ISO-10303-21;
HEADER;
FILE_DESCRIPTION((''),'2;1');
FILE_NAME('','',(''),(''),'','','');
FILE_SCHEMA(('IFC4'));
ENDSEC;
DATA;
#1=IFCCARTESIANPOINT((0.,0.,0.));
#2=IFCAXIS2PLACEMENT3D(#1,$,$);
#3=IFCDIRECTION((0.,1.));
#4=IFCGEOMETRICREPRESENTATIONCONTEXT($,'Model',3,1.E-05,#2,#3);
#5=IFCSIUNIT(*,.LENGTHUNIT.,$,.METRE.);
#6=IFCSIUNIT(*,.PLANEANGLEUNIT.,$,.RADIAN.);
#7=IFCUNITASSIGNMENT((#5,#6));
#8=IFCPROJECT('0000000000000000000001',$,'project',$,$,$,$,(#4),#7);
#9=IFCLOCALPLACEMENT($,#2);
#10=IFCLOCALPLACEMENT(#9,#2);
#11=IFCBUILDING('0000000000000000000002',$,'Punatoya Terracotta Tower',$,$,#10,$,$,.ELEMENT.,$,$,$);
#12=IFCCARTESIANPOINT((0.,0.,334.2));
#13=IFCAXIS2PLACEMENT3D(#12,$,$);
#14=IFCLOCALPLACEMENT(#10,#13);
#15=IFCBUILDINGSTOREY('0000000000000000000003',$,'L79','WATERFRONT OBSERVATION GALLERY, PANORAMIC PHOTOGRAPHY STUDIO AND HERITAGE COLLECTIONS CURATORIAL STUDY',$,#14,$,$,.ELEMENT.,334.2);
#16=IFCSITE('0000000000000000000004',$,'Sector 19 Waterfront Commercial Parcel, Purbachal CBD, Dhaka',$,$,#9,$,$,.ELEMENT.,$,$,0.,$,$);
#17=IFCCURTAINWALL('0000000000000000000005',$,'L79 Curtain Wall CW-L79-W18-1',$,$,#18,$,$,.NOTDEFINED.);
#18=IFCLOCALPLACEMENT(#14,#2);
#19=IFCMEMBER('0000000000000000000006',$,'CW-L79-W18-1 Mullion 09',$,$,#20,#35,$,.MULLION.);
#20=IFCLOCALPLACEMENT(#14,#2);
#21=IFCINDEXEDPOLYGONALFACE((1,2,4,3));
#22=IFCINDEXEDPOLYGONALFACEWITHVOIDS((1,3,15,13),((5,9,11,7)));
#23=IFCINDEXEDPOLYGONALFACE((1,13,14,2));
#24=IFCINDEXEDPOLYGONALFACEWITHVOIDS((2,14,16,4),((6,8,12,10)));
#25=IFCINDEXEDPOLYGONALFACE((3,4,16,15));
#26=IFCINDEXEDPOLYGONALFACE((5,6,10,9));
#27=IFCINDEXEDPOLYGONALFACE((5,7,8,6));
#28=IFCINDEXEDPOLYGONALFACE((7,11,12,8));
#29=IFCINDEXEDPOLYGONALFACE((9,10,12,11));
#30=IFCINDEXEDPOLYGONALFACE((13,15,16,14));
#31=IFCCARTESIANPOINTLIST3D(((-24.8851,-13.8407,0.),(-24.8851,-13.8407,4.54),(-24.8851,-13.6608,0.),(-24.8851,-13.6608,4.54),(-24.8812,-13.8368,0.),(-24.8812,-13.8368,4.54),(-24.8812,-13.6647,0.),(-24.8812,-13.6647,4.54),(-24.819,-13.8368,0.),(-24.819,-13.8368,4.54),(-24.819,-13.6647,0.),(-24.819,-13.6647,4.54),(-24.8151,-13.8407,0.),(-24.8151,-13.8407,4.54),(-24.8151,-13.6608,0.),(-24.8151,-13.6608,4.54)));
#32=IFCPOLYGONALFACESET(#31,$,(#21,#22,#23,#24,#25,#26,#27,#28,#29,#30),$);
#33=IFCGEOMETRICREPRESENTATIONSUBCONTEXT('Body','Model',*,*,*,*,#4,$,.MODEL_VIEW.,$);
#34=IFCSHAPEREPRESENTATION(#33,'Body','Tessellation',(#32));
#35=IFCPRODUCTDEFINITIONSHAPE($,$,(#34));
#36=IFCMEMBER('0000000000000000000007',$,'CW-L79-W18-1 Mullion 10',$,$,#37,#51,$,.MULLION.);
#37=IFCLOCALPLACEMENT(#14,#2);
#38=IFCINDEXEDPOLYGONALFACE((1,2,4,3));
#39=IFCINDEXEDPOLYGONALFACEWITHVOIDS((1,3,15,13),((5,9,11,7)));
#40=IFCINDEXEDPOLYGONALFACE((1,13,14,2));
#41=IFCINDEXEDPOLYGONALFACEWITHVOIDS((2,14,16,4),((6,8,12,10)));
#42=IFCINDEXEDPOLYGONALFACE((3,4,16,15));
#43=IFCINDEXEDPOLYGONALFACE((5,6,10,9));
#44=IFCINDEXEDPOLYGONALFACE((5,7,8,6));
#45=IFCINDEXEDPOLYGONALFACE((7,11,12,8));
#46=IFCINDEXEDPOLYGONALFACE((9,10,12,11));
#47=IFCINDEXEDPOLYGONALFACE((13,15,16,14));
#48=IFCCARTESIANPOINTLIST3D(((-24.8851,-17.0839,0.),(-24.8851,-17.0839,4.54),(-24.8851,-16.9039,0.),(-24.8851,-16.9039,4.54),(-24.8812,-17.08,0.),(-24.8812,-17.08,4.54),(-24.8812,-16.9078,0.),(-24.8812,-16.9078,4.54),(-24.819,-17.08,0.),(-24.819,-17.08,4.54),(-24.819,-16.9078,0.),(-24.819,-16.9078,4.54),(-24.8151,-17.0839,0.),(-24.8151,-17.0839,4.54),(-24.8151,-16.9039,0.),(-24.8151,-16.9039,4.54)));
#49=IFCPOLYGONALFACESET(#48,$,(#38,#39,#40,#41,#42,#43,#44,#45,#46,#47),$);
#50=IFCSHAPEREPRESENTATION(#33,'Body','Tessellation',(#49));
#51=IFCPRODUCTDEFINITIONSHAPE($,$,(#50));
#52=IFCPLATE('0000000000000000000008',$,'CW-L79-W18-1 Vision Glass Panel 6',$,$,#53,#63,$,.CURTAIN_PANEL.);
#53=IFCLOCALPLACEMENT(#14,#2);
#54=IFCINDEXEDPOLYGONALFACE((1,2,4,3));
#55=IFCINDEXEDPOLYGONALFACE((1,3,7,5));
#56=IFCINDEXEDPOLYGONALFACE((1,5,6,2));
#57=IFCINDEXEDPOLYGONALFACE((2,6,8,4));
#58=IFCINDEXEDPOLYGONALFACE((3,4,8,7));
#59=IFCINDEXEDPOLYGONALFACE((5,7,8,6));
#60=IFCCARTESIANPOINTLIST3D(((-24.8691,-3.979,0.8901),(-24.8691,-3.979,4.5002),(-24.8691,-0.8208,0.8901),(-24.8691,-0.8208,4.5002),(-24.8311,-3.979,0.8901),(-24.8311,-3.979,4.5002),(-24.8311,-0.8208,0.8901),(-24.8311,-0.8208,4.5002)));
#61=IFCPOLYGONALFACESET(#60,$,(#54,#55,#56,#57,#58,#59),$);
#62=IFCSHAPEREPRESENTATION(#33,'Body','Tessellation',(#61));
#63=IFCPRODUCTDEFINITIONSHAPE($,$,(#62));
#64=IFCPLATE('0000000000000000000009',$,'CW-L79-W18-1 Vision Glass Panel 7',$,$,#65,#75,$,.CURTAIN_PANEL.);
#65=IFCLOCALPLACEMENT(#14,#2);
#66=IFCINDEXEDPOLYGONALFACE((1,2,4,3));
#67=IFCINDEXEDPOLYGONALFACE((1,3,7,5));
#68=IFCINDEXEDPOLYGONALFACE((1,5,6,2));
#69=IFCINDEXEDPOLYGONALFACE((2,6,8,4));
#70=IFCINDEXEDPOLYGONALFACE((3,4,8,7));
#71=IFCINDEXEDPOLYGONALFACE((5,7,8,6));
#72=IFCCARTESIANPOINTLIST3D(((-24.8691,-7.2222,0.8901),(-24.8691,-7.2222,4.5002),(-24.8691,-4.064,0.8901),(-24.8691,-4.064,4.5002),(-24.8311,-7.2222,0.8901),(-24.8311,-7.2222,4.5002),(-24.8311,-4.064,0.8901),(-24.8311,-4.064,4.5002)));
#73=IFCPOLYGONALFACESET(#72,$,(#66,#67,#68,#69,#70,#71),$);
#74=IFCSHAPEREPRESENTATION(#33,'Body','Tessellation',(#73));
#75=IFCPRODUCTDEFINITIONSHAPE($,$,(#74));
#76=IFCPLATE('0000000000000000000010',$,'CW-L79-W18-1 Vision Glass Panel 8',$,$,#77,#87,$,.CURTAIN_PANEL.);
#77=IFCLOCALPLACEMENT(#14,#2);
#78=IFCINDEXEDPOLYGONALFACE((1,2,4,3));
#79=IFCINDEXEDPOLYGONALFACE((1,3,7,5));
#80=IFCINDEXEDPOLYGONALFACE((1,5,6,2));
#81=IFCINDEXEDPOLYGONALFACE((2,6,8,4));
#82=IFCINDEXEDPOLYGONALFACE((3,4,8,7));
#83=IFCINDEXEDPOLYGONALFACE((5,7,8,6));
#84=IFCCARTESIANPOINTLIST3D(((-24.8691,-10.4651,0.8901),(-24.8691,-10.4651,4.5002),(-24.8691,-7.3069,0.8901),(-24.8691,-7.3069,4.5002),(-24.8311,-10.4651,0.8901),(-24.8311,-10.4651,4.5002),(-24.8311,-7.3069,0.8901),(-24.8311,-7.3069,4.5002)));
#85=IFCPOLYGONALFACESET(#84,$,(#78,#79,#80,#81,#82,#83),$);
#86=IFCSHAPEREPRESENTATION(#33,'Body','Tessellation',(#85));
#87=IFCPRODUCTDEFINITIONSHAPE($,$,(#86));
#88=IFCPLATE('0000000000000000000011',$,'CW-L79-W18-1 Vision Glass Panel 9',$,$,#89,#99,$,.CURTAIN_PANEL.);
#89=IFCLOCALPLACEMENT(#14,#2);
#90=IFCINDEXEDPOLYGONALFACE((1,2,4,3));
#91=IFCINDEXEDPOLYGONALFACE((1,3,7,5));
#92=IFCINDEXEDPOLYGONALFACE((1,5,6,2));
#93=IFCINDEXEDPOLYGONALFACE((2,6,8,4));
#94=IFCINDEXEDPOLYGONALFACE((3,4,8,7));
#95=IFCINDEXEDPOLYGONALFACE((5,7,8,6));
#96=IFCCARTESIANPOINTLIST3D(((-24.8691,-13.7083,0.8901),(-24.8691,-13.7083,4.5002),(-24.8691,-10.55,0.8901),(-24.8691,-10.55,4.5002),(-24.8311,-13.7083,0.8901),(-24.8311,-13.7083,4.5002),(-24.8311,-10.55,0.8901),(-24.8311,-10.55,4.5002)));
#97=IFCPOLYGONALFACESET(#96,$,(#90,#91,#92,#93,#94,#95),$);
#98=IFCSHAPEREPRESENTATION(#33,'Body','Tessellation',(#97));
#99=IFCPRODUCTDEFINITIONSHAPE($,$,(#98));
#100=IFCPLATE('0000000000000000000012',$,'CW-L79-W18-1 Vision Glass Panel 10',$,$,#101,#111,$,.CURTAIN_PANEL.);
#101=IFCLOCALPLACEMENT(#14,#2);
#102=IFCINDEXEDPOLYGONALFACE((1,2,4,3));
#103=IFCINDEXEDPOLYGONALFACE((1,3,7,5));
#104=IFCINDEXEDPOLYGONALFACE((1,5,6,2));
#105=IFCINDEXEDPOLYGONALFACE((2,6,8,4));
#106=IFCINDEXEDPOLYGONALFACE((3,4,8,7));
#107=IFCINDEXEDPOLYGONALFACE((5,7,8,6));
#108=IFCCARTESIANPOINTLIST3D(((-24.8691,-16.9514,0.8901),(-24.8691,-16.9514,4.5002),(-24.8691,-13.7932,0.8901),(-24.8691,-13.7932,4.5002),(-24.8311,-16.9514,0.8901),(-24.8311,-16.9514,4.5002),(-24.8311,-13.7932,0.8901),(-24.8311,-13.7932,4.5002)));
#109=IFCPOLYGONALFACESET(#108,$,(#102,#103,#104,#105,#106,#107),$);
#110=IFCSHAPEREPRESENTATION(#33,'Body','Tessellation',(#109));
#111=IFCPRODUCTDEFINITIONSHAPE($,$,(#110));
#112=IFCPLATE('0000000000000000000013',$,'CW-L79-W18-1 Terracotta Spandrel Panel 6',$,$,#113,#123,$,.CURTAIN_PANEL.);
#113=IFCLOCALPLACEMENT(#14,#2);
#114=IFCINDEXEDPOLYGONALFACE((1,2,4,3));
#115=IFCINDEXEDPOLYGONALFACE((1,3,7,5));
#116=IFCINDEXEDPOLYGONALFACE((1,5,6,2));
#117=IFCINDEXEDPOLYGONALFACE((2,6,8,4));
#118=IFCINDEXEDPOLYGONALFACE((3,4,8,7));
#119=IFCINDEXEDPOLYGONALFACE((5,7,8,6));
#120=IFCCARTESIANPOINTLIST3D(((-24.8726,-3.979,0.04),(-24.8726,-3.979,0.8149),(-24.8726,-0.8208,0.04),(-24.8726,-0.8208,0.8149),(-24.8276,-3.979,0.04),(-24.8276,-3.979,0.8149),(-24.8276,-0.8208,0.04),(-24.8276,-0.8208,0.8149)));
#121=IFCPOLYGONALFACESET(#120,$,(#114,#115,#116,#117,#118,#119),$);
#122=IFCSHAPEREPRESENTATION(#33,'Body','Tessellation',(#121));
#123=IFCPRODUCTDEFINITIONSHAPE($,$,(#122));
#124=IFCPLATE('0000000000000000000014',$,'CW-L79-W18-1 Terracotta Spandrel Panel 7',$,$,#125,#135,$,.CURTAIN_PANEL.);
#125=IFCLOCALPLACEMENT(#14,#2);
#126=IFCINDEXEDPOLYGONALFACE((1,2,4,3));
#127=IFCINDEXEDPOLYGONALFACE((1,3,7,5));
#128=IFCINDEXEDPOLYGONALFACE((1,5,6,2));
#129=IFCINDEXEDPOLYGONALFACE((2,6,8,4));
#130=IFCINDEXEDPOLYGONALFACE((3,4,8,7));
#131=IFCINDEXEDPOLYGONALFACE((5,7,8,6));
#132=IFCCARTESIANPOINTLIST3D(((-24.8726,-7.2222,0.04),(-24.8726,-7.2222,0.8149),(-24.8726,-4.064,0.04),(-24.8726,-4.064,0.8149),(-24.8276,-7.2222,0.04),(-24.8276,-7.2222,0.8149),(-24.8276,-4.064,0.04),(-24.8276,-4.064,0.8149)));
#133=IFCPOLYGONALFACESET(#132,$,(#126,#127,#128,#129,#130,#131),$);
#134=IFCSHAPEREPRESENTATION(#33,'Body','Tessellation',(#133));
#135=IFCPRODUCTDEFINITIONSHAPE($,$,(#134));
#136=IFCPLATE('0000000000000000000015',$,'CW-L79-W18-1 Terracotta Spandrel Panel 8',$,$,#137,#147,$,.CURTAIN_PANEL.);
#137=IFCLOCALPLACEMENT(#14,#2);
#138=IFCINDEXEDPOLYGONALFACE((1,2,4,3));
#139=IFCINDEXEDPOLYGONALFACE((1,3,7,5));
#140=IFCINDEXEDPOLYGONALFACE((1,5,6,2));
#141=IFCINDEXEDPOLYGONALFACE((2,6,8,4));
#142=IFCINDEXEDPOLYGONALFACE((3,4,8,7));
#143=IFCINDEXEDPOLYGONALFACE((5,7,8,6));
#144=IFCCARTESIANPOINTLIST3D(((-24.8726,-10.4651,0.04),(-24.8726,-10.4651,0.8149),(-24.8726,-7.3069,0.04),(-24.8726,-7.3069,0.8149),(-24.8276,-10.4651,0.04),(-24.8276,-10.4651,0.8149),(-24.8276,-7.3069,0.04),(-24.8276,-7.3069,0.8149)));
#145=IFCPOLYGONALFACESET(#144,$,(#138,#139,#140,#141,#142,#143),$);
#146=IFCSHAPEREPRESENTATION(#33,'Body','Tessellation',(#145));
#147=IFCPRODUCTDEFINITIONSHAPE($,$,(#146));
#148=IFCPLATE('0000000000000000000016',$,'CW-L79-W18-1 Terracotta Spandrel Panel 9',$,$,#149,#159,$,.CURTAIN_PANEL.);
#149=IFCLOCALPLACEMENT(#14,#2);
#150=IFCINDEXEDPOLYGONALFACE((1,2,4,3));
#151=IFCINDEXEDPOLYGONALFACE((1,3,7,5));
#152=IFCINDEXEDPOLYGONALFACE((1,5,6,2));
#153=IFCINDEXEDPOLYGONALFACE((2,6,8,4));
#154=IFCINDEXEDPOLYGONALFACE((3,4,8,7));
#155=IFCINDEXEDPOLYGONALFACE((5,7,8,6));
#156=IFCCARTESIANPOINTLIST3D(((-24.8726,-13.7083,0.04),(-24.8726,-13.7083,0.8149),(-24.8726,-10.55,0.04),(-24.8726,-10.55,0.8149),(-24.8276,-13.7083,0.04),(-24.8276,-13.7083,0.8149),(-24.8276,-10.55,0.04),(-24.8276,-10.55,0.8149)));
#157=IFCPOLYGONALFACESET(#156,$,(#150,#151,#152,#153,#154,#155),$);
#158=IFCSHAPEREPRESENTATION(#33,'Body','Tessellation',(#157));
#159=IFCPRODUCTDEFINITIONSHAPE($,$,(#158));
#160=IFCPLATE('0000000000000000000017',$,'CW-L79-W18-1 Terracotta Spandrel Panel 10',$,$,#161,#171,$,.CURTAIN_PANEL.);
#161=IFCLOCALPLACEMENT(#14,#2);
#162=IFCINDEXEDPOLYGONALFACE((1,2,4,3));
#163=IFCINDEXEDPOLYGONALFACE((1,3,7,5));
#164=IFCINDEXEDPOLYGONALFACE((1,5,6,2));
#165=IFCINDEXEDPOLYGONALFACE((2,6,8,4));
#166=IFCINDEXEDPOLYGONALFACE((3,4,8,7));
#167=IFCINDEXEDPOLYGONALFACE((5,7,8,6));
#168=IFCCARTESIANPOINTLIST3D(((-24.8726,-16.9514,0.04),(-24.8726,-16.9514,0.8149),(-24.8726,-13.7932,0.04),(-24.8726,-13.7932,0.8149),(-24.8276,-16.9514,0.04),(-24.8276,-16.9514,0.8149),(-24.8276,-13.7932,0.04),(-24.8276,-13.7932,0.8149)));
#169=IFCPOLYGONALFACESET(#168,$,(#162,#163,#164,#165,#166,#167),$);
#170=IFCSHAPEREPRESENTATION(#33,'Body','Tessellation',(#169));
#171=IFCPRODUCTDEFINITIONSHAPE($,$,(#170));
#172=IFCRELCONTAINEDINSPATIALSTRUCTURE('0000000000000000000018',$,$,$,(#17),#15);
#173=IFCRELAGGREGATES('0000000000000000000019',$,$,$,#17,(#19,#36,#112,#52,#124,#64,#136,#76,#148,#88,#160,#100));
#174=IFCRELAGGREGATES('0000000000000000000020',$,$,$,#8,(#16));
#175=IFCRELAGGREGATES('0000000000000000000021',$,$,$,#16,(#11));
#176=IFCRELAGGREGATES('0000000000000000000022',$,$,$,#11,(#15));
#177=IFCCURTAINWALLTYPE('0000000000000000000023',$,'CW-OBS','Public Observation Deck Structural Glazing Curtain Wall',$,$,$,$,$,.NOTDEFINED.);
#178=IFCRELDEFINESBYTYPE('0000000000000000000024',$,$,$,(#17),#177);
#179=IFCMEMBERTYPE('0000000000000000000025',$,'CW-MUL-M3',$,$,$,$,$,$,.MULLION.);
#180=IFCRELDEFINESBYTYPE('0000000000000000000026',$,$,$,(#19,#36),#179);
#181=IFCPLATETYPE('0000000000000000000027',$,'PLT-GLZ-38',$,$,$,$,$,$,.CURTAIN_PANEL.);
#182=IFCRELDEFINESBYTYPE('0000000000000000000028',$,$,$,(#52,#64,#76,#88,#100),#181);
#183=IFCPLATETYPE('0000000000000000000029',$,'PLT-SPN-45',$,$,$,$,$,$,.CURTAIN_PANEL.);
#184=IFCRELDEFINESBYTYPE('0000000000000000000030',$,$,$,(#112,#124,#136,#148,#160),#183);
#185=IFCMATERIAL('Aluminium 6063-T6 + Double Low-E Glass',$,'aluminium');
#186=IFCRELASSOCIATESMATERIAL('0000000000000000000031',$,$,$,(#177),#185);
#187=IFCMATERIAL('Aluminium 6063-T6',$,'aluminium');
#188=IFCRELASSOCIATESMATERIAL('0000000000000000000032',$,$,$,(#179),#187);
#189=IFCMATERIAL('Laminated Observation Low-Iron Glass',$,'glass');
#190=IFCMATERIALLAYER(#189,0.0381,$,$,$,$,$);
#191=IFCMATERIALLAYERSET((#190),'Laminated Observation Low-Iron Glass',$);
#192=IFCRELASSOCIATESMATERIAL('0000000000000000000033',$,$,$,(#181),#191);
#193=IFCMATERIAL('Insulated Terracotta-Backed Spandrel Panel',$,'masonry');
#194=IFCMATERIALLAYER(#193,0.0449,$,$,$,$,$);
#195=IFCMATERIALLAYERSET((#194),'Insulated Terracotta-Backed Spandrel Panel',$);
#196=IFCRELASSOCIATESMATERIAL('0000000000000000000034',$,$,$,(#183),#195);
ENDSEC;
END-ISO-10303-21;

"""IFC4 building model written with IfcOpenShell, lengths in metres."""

from ifc_helpers import new_model, si_unit, direction, frame, origin, origin_2d, place, context, subcontext, project, spatial, rectangle, hollow_rectangle, extrude, material, layer, layer_set, material_profile, profile_set, type_object, element, aggregate, save


model = new_model("IFC4")

# Units and contexts
model_context = context("Model", 3, precision=1e-05, world=origin(), true_north=direction((0.0, 1.0)))
body_context = subcontext(model_context, "Body", "Model", "MODEL_VIEW")
ifc_project = project(units=[si_unit("LENGTHUNIT", "METRE"), si_unit("PLANEANGLEUNIT", "RADIAN")], contexts=[model_context])

# Site, building, storey
site_placement = place(None, origin())
site = spatial("IfcSite", under=ifc_project, at=site_placement, Name="Sector 19 Waterfront Commercial Parcel, Purbachal CBD, Dhaka", CompositionType="ELEMENT", RefElevation=0.0)
building_placement = place(site_placement, origin())
building = spatial("IfcBuilding", under=site, at=building_placement, Name="Punatoya Terracotta Tower", CompositionType="ELEMENT")
storey_placement = place(building_placement, frame((0.0, 0.0, 334.2)))
storey = spatial("IfcBuildingStorey", under=building, at=storey_placement, Name="L79", Description="WATERFRONT OBSERVATION GALLERY, PANORAMIC PHOTOGRAPHY STUDIO AND HERITAGE COLLECTIONS CURATORIAL STUDY", CompositionType="ELEMENT", Elevation=334.2)

# Curtain wall, members, plates
ifc_material_1 = material(Name="Aluminium 6063-T6 + Double Low-E Glass", Category="aluminium")
curtain_wall_type = type_object("IfcCurtainWallType", Name="CW-OBS", Description="Public Observation Deck Structural Glazing Curtain Wall", PredefinedType="NOTDEFINED", material=ifc_material_1)
curtain_wall_placement = place(storey_placement, origin())
curtain_wall = element("IfcCurtainWall", 1, at=curtain_wall_placement, inside=storey, type_object=curtain_wall_type, Name="L79 Curtain Wall CW-L79-W18-1", PredefinedType="NOTDEFINED")
ifc_material_2 = material(Name="Aluminium 6063-T6", Category="aluminium")
ifc_material_profile_1 = material_profile(ifc_material_2, hollow_rectangle(XDim=0.0701, YDim=0.1799, WallThickness=0.0039, at=origin_2d()))
ifc_profile_set_1 = profile_set([ifc_material_profile_1], Name="Aluminium 6063-T6")
member_type = type_object("IfcMemberType", Name="CW-MUL-M3", PredefinedType="MULLION", material=ifc_profile_set_1)
member_1_placement = place(storey_placement, frame((-24.8501, -13.7507, 0.0), z_axis=(0.0, 0.0, 1.0), x_axis=(1.0, 0.0, 0.0)))
member_1 = element("IfcMember", 2, at=member_1_placement, type_object=member_type, Name="CW-L79-W18-1 Mullion 09", PredefinedType="MULLION", context=body_context, shape_type="SweptSolid", body=[
    extrude(hollow_rectangle(XDim=0.0701, YDim=0.1799, WallThickness=0.0039, at=origin_2d()), origin(), (0.0, 0.0, 1.0), 4.54),
])
member_2_placement = place(storey_placement, frame((-24.8501, -16.9939, 0.0), z_axis=(0.0, 0.0, 1.0), x_axis=(1.0, 0.0, 0.0)))
member_2 = element("IfcMember", 3, at=member_2_placement, type_object=member_type, Name="CW-L79-W18-1 Mullion 10", PredefinedType="MULLION", context=body_context, shape_type="SweptSolid", body=[
    extrude(hollow_rectangle(XDim=0.0701, YDim=0.1799, WallThickness=0.0039, at=origin_2d()), origin(), (0.0, 0.0, 1.0), 4.54),
])
ifc_material_3 = material(Name="Laminated Observation Low-Iron Glass", Category="glass")
ifc_layer_1 = layer(ifc_material_3, 0.0381)
ifc_layer_set_1 = layer_set([ifc_layer_1], Name="Laminated Observation Low-Iron Glass")
plate_type_1 = type_object("IfcPlateType", Name="PLT-GLZ-38", PredefinedType="CURTAIN_PANEL", material=ifc_layer_set_1)
plate_1_placement = place(storey_placement, frame((-24.8501, -2.3999, 0.8901), z_axis=(0.0, 0.0, 1.0), x_axis=(0.0, -1.0, 0.0)))
plate_1 = element("IfcPlate", 4, at=plate_1_placement, type_object=plate_type_1, Name="CW-L79-W18-1 Vision Glass Panel 6", PredefinedType="CURTAIN_PANEL", context=body_context, shape_type="SweptSolid", body=[
    extrude(rectangle(XDim=3.1582, YDim=0.0381, at=origin_2d()), origin(), (0.0, 0.0, 1.0), 3.6101),
])
plate_2_placement = place(storey_placement, frame((-24.8501, -5.6431, 0.8901), z_axis=(0.0, 0.0, 1.0), x_axis=(0.0, -1.0, 0.0)))
plate_2 = element("IfcPlate", 5, at=plate_2_placement, type_object=plate_type_1, Name="CW-L79-W18-1 Vision Glass Panel 7", PredefinedType="CURTAIN_PANEL", context=body_context, shape_type="SweptSolid", body=[
    extrude(rectangle(XDim=3.1582, YDim=0.0381, at=origin_2d()), origin(), (0.0, 0.0, 1.0), 3.6101),
])
plate_3_placement = place(storey_placement, frame((-24.8501, -8.886, 0.8901), z_axis=(0.0, 0.0, 1.0), x_axis=(0.0, -1.0, 0.0)))
plate_3 = element("IfcPlate", 6, at=plate_3_placement, type_object=plate_type_1, Name="CW-L79-W18-1 Vision Glass Panel 8", PredefinedType="CURTAIN_PANEL", context=body_context, shape_type="SweptSolid", body=[
    extrude(rectangle(XDim=3.1582, YDim=0.0381, at=origin_2d()), origin(), (0.0, 0.0, 1.0), 3.6101),
])
plate_4_placement = place(storey_placement, frame((-24.8501, -12.1292, 0.8901), z_axis=(0.0, 0.0, 1.0), x_axis=(0.0, -1.0, 0.0)))
plate_4 = element("IfcPlate", 7, at=plate_4_placement, type_object=plate_type_1, Name="CW-L79-W18-1 Vision Glass Panel 9", PredefinedType="CURTAIN_PANEL", context=body_context, shape_type="SweptSolid", body=[
    extrude(rectangle(XDim=3.1582, YDim=0.0381, at=origin_2d()), origin(), (0.0, 0.0, 1.0), 3.6101),
])
plate_5_placement = place(storey_placement, frame((-24.8501, -15.3723, 0.8901), z_axis=(0.0, 0.0, 1.0), x_axis=(0.0, -1.0, 0.0)))
plate_5 = element("IfcPlate", 8, at=plate_5_placement, type_object=plate_type_1, Name="CW-L79-W18-1 Vision Glass Panel 10", PredefinedType="CURTAIN_PANEL", context=body_context, shape_type="SweptSolid", body=[
    extrude(rectangle(XDim=3.1582, YDim=0.0381, at=origin_2d()), origin(), (0.0, 0.0, 1.0), 3.6101),
])
ifc_material_4 = material(Name="Insulated Terracotta-Backed Spandrel Panel", Category="masonry")
ifc_layer_2 = layer(ifc_material_4, 0.0449)
ifc_layer_set_2 = layer_set([ifc_layer_2], Name="Insulated Terracotta-Backed Spandrel Panel")
plate_type_2 = type_object("IfcPlateType", Name="PLT-SPN-45", PredefinedType="CURTAIN_PANEL", material=ifc_layer_set_2)
plate_6_placement = place(storey_placement, frame((-24.8501, -2.3999, 0.04), z_axis=(0.0, 0.0, 1.0), x_axis=(0.0, -1.0, 0.0)))
plate_6 = element("IfcPlate", 9, at=plate_6_placement, type_object=plate_type_2, Name="CW-L79-W18-1 Terracotta Spandrel Panel 6", PredefinedType="CURTAIN_PANEL", context=body_context, shape_type="SweptSolid", body=[
    extrude(rectangle(XDim=3.1582, YDim=0.0449, at=origin_2d()), origin(), (0.0, 0.0, 1.0), 0.7749),
])
plate_7_placement = place(storey_placement, frame((-24.8501, -5.6431, 0.04), z_axis=(0.0, 0.0, 1.0), x_axis=(0.0, -1.0, 0.0)))
plate_7 = element("IfcPlate", 10, at=plate_7_placement, type_object=plate_type_2, Name="CW-L79-W18-1 Terracotta Spandrel Panel 7", PredefinedType="CURTAIN_PANEL", context=body_context, shape_type="SweptSolid", body=[
    extrude(rectangle(XDim=3.1582, YDim=0.0449, at=origin_2d()), origin(), (0.0, 0.0, 1.0), 0.7749),
])
plate_8_placement = place(storey_placement, frame((-24.8501, -8.886, 0.04), z_axis=(0.0, 0.0, 1.0), x_axis=(0.0, -1.0, 0.0)))
plate_8 = element("IfcPlate", 11, at=plate_8_placement, type_object=plate_type_2, Name="CW-L79-W18-1 Terracotta Spandrel Panel 8", PredefinedType="CURTAIN_PANEL", context=body_context, shape_type="SweptSolid", body=[
    extrude(rectangle(XDim=3.1582, YDim=0.0449, at=origin_2d()), origin(), (0.0, 0.0, 1.0), 0.7749),
])
plate_9_placement = place(storey_placement, frame((-24.8501, -12.1292, 0.04), z_axis=(0.0, 0.0, 1.0), x_axis=(0.0, -1.0, 0.0)))
plate_9 = element("IfcPlate", 12, at=plate_9_placement, type_object=plate_type_2, Name="CW-L79-W18-1 Terracotta Spandrel Panel 9", PredefinedType="CURTAIN_PANEL", context=body_context, shape_type="SweptSolid", body=[
    extrude(rectangle(XDim=3.1582, YDim=0.0449, at=origin_2d()), origin(), (0.0, 0.0, 1.0), 0.7749),
])
plate_10_placement = place(storey_placement, frame((-24.8501, -15.3723, 0.04), z_axis=(0.0, 0.0, 1.0), x_axis=(0.0, -1.0, 0.0)))
plate_10 = element("IfcPlate", 13, at=plate_10_placement, type_object=plate_type_2, Name="CW-L79-W18-1 Terracotta Spandrel Panel 10", PredefinedType="CURTAIN_PANEL", context=body_context, shape_type="SweptSolid", body=[
    extrude(rectangle(XDim=3.1582, YDim=0.0449, at=origin_2d()), origin(), (0.0, 0.0, 1.0), 0.7749),
])
aggregate(curtain_wall, [member_1, member_2, plate_6, plate_1, plate_7, plate_2, plate_8, plate_3, plate_9, plate_4, plate_10, plate_5])

save(model, "model.ifc")
